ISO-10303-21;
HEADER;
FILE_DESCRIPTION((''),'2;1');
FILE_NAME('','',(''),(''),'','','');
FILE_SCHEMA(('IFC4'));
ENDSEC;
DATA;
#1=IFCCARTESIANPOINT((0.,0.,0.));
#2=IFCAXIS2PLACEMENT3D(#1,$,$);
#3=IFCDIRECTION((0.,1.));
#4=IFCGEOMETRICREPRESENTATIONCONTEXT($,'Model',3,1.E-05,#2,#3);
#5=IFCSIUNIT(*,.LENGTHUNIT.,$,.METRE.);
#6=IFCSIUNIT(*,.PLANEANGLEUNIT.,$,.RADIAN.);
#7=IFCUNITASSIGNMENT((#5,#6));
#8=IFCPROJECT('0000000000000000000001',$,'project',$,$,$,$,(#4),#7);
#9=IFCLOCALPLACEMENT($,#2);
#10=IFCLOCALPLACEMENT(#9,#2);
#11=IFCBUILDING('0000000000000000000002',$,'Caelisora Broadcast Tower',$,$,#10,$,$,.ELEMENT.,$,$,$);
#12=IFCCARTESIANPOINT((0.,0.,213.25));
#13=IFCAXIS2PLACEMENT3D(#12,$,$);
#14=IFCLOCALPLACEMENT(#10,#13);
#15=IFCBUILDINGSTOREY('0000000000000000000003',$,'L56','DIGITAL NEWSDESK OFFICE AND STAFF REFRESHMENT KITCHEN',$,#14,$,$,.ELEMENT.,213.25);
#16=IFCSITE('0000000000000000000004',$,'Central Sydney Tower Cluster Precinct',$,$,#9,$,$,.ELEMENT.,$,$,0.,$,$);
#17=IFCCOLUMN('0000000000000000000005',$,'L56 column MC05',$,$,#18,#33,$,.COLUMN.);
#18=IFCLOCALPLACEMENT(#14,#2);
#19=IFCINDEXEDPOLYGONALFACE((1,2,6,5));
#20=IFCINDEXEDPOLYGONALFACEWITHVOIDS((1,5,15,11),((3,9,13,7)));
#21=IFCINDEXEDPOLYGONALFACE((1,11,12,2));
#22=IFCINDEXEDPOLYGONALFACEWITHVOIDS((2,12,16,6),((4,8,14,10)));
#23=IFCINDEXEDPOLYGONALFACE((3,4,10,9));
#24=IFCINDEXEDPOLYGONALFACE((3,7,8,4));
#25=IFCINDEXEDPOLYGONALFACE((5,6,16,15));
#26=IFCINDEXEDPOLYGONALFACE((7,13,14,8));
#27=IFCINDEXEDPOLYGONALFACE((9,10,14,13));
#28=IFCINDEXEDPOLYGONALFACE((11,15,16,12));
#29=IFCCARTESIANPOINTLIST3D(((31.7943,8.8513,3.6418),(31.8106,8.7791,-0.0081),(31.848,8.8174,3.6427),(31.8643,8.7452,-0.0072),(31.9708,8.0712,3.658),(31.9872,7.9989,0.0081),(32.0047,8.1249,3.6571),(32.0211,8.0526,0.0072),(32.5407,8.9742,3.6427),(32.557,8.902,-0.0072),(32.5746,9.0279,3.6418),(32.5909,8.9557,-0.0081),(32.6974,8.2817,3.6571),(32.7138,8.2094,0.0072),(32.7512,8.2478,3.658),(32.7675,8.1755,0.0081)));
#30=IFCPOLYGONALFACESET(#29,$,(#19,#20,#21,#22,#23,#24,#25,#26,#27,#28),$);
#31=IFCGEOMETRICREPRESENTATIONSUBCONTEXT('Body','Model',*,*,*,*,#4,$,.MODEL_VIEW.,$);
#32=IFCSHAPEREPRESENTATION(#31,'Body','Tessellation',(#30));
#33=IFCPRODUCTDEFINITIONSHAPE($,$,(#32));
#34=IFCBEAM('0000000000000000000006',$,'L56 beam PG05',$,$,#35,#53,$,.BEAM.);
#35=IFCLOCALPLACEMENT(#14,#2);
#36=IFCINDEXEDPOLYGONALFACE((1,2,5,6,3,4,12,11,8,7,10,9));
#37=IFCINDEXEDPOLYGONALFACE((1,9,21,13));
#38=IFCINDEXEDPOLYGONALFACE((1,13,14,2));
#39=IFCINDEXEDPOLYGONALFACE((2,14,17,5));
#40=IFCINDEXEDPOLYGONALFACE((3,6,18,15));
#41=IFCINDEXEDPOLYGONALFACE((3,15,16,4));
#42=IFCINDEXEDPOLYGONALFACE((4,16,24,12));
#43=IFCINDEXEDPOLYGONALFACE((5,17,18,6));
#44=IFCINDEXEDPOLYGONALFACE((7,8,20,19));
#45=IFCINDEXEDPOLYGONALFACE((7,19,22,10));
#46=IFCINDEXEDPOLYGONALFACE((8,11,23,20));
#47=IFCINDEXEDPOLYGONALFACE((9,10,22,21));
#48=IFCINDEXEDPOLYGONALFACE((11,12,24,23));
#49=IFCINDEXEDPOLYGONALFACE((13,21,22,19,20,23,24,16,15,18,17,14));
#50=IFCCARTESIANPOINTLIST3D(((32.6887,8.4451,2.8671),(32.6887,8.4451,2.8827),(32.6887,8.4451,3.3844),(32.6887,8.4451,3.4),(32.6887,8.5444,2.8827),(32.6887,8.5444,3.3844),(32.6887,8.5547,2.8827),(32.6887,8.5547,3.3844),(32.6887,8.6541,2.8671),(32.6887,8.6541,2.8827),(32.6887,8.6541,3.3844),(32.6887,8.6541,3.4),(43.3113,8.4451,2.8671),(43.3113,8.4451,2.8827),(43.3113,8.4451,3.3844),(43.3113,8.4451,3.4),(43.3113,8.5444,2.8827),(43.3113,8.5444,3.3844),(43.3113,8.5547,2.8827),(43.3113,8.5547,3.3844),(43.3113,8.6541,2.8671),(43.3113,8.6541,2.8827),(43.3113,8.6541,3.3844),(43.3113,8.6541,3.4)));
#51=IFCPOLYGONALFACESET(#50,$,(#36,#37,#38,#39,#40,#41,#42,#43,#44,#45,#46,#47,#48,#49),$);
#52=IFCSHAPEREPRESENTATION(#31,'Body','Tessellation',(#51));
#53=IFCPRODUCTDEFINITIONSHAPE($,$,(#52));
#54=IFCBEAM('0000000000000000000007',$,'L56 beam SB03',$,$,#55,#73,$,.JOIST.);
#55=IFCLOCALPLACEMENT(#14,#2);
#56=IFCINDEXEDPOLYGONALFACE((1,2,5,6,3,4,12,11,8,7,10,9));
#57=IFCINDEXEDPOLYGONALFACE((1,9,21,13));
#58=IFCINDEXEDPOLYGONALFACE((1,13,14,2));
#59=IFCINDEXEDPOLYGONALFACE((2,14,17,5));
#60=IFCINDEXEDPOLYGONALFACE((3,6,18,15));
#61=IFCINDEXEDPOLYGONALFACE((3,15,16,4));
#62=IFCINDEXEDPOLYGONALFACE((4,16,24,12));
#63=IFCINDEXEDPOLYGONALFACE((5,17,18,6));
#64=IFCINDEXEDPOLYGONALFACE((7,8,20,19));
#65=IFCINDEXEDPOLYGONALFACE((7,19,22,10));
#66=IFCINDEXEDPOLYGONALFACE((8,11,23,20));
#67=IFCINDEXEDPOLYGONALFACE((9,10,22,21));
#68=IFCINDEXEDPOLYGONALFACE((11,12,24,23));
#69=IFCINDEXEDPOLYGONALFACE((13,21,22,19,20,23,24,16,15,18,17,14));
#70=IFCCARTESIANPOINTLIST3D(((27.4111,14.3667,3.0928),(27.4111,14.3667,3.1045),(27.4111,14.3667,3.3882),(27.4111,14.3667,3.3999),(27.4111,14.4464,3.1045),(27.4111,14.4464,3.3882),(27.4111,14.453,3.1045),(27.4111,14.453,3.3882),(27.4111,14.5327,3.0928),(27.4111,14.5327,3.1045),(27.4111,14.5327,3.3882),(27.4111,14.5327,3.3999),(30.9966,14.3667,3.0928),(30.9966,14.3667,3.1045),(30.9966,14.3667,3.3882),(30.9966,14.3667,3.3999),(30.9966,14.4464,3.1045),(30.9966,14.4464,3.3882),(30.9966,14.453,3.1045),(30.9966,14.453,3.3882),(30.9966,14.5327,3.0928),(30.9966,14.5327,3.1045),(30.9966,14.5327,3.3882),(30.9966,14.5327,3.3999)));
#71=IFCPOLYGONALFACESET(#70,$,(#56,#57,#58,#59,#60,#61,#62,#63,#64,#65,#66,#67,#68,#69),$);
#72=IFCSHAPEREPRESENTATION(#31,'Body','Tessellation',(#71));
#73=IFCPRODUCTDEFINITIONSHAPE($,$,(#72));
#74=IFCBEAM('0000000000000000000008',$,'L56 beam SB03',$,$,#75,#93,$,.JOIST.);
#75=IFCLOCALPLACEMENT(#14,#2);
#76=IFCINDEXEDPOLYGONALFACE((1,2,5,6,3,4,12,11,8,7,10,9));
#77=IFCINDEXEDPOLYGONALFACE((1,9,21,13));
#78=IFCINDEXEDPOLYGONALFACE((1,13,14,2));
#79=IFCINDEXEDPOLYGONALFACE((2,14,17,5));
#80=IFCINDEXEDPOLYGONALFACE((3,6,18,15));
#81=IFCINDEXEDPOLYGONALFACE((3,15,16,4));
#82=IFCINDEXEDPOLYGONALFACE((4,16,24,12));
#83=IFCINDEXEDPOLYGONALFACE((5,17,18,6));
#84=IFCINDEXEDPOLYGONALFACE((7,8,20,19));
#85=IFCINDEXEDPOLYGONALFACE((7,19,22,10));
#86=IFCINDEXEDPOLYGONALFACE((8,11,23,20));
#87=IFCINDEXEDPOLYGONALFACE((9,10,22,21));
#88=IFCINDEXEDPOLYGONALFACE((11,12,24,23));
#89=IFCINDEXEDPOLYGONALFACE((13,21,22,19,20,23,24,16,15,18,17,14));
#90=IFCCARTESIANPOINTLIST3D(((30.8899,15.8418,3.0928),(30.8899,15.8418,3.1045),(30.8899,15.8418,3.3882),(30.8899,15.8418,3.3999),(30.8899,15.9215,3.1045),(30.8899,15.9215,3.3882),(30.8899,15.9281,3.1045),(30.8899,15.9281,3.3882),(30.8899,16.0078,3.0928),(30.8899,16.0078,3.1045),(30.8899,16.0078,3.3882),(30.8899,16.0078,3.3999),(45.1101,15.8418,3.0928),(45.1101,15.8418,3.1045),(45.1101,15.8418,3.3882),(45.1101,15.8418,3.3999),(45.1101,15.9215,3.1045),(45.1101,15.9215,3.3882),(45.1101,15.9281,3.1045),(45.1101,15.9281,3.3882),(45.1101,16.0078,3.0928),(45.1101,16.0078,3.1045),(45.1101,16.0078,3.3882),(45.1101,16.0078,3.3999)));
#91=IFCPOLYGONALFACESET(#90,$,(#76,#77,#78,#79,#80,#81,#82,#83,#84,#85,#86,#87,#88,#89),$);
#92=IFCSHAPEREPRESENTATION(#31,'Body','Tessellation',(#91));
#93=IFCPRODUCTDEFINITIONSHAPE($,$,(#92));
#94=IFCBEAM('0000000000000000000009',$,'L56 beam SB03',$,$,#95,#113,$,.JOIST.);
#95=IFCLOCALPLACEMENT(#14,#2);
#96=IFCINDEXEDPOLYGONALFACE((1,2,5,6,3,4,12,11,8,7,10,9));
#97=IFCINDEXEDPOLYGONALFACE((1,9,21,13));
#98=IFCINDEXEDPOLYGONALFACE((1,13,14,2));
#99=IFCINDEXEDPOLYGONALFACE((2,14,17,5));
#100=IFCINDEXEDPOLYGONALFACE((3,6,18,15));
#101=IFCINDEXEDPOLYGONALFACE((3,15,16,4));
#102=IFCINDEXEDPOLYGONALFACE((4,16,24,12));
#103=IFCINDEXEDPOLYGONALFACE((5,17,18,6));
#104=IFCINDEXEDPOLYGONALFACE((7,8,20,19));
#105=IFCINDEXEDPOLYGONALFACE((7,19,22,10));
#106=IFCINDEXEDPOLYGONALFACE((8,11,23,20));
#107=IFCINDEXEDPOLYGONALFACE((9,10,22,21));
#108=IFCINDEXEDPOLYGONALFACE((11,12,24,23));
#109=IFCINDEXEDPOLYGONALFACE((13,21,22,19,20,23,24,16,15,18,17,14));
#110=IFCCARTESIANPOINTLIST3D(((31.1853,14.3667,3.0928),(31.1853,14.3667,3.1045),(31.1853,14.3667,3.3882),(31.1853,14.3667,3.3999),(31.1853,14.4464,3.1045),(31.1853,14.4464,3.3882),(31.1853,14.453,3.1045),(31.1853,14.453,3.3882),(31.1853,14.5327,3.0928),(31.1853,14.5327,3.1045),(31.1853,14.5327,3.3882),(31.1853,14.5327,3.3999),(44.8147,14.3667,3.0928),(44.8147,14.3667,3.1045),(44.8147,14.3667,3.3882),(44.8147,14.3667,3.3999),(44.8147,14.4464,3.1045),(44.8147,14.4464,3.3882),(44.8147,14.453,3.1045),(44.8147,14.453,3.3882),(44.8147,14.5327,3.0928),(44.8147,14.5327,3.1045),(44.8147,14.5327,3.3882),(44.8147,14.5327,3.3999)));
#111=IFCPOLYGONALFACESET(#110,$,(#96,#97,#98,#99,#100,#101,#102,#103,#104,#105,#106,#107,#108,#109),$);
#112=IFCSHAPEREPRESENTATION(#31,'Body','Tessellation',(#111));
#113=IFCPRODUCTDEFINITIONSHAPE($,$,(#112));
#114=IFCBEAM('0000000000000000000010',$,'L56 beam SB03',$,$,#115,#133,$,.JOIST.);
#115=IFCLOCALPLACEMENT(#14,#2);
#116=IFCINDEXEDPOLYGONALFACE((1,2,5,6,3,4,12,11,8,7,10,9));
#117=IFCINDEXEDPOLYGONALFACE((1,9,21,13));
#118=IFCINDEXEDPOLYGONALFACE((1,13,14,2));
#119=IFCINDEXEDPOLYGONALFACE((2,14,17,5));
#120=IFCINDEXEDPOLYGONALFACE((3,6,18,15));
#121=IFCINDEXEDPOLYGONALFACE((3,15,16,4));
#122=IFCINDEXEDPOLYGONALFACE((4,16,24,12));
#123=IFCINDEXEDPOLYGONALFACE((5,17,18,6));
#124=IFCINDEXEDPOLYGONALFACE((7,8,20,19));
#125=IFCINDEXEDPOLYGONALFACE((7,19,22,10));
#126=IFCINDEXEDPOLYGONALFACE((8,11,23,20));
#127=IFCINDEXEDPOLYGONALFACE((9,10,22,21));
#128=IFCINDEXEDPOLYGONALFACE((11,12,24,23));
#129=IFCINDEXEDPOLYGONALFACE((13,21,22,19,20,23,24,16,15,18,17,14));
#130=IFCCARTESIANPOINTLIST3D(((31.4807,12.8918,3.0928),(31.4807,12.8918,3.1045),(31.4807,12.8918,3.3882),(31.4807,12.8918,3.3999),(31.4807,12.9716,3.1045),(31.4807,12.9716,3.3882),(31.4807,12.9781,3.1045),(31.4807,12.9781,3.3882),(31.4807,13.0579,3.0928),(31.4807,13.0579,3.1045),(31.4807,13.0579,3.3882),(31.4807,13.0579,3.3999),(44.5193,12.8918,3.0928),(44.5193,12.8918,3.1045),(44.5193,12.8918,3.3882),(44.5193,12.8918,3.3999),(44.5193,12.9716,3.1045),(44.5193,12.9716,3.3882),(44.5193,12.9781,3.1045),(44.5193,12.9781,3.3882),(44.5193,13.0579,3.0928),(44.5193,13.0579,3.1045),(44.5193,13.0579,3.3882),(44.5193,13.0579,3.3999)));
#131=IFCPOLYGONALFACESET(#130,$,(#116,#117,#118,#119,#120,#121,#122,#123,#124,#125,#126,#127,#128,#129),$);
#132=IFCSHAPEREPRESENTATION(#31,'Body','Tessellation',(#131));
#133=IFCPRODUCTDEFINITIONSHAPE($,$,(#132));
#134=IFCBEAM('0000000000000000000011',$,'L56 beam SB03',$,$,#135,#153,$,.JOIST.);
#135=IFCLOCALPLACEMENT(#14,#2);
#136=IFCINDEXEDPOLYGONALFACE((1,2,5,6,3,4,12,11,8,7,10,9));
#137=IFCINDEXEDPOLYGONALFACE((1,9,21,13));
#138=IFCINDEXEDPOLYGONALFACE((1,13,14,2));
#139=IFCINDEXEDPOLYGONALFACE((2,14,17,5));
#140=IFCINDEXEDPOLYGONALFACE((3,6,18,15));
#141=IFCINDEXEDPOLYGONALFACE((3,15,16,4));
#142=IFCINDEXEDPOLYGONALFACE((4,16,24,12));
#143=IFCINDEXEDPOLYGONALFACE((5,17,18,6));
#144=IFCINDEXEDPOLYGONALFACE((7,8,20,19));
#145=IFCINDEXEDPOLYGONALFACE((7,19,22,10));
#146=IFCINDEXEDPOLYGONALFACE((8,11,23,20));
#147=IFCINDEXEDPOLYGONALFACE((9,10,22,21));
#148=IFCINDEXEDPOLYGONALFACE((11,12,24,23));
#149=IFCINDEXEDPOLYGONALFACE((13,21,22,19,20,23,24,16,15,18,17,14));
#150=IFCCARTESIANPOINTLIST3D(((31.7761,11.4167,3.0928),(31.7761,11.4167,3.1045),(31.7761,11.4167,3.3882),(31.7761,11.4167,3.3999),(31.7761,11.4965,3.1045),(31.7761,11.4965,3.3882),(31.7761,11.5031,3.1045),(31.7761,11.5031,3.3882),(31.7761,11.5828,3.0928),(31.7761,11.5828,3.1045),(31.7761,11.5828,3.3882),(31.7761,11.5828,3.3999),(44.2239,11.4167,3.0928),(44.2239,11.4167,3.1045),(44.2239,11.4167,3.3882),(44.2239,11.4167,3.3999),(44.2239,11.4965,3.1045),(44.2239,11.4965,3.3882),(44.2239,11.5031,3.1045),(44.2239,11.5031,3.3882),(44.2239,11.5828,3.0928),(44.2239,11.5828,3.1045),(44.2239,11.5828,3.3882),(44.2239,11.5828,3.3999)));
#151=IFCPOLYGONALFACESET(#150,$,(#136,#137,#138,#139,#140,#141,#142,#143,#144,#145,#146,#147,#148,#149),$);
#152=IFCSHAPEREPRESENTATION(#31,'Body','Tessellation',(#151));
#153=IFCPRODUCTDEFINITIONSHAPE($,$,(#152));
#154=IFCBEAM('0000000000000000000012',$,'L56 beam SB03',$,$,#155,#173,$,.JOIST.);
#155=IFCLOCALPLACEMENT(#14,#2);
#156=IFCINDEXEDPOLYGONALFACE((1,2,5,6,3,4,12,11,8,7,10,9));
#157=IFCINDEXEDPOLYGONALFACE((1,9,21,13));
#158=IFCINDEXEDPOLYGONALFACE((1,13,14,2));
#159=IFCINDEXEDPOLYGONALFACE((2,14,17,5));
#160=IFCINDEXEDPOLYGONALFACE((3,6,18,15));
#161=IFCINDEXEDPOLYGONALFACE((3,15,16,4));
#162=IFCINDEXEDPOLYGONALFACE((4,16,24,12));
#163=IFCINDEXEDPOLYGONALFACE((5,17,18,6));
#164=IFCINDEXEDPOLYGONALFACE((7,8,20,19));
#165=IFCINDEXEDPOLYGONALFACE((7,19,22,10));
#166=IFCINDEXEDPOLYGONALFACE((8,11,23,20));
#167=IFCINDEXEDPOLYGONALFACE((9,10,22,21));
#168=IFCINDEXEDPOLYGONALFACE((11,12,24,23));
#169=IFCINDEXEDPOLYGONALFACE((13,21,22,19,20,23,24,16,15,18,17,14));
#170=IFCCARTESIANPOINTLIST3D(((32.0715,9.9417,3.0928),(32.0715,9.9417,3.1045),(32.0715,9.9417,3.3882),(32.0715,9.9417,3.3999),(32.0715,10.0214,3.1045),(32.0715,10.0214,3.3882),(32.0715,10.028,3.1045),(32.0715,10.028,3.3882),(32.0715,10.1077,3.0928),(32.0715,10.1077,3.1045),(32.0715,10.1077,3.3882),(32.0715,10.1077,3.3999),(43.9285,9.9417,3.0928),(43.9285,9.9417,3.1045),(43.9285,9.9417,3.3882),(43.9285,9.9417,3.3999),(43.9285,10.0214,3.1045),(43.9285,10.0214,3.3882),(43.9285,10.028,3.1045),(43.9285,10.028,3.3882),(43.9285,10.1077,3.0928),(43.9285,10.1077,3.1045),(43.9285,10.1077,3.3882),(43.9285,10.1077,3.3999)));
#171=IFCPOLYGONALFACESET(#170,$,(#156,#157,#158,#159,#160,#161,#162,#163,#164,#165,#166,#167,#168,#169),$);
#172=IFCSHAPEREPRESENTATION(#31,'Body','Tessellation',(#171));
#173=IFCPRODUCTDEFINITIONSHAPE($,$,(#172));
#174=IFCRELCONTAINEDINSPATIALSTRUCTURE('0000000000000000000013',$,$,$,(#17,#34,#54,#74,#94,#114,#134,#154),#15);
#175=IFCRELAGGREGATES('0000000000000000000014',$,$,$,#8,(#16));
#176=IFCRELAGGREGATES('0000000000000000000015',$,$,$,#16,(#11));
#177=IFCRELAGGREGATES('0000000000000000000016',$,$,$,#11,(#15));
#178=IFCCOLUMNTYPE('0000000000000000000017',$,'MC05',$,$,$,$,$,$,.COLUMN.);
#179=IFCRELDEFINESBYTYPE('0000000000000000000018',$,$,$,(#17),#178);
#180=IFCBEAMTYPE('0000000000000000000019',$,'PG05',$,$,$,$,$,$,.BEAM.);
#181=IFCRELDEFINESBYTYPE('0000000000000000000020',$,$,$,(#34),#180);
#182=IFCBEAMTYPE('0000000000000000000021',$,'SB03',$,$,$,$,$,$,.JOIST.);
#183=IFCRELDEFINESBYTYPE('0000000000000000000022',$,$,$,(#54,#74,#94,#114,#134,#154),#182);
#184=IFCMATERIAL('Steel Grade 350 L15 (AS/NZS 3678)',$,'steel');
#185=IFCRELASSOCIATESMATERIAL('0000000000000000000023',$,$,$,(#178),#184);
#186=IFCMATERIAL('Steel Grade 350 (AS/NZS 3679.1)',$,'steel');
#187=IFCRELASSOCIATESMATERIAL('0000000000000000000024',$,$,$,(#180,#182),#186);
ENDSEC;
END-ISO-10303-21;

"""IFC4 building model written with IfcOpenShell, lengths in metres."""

from ifc_helpers import new_model, si_unit, direction, frame, origin, origin_2d, place, context, subcontext, project, spatial, hollow_rectangle, i_section, extrude, source, transform, mapped, material, material_profile, profile_set, type_object, type_shapes, element, save


model = new_model("IFC4")

# Units and contexts
model_context = context("Model", 3, precision=1e-05, world=origin(), true_north=direction((0.0, 1.0)))
body_context = subcontext(model_context, "Body", "Model", "MODEL_VIEW")
ifc_project = project(units=[si_unit("LENGTHUNIT", "METRE"), si_unit("PLANEANGLEUNIT", "RADIAN")], contexts=[model_context])

# Site, building, storey
site_placement = place(None, origin())
site = spatial("IfcSite", under=ifc_project, at=site_placement, Name="Central Sydney Tower Cluster Precinct", CompositionType="ELEMENT", RefElevation=0.0)
building_placement = place(site_placement, origin())
building = spatial("IfcBuilding", under=site, at=building_placement, Name="Caelisora Broadcast Tower", CompositionType="ELEMENT")
storey_placement = place(building_placement, frame((0.0, 0.0, 213.25)))
storey = spatial("IfcBuildingStorey", under=building, at=storey_placement, Name="L56", Description="DIGITAL NEWSDESK OFFICE AND STAFF REFRESHMENT KITCHEN", CompositionType="ELEMENT", Elevation=213.25)

# Column
ifc_material_1 = material(Name="Steel Grade 350 L15 (AS/NZS 3678)", Category="steel")
ifc_material_profile_1 = material_profile(ifc_material_1, hollow_rectangle(XDim=0.8, YDim=0.8, WallThickness=0.0449, at=origin_2d()), Name="Steel Grade 350 L15 (AS/NZS 3678)")
ifc_profile_set_1 = profile_set([ifc_material_profile_1], Name="Steel Grade 350 L15 (AS/NZS 3678)")
column_type = type_object("IfcColumnType", Name="MC05", PredefinedType="COLUMN", material=ifc_profile_set_1)
shared_shape_1 = source(origin(), body_context, "Body", "SweptSolid", [
    extrude(hollow_rectangle(XDim=0.8, YDim=0.8, WallThickness=0.0449, at=origin_2d()), origin(), (0.0, 0.0, 1.0), 3.6506),
])
type_shapes(column_type, [shared_shape_1])
column_placement = place(storey_placement, frame((32.2891, 8.4773, 0.0), z_axis=(-0.004481, 0.019795, 0.999794), x_axis=(-0.975327, -0.220767, 0.0)))
element("IfcColumn", 1, at=column_placement, inside=storey, type_object=column_type, Name="L56 column MC05", PredefinedType="COLUMN", context=body_context, shape_type="MappedRepresentation", body=[
    mapped(shared_shape_1, transform((0.0, 0.0, 0.0), scale=1.0)),
])

# Beams
ifc_material_2 = material(Name="Steel Grade 350 (AS/NZS 3679.1)", Category="steel")
ifc_material_profile_2 = material_profile(ifc_material_2, i_section(OverallWidth=0.209, OverallDepth=0.533, WebThickness=0.0103, FlangeThickness=0.0156, at=origin_2d()), Name="Steel Grade 350 (AS/NZS 3679.1)")
ifc_profile_set_2 = profile_set([ifc_material_profile_2], Name="Steel Grade 350 (AS/NZS 3679.1)")
beam_type_1 = type_object("IfcBeamType", Name="PG05", PredefinedType="BEAM", material=ifc_profile_set_2)
shared_shape_2 = source(origin(), body_context, "Body", "SweptSolid", [
    extrude(i_section(OverallWidth=0.209, OverallDepth=0.533, WebThickness=0.0103, FlangeThickness=0.0156, at=origin_2d()), origin(), (0.0, 0.0, 1.0), 10.6226),
])
type_shapes(beam_type_1, [shared_shape_2])
beam_1_placement = place(storey_placement, frame((32.6887, 8.5496, 3.1335), z_axis=(1.0, 0.0, 0.0), x_axis=(0.0, 1.0, 0.0)))
element("IfcBeam", 2, at=beam_1_placement, inside=storey, type_object=beam_type_1, Name="L56 beam PG05", PredefinedType="BEAM", context=body_context, shape_type="MappedRepresentation", body=[
    mapped(shared_shape_2, transform((0.0, 0.0, 0.0), scale=1.0)),
])
ifc_material_profile_3 = material_profile(ifc_material_2, i_section(OverallWidth=0.166, OverallDepth=0.3071, WebThickness=0.0066, FlangeThickness=0.0117, at=origin_2d()), Name="Steel Grade 350 (AS/NZS 3679.1)")
ifc_profile_set_3 = profile_set([ifc_material_profile_3], Name="Steel Grade 350 (AS/NZS 3679.1)")
beam_type_2 = type_object("IfcBeamType", Name="SB03", PredefinedType="JOIST", material=ifc_profile_set_3)
shared_shape_3 = source(origin(), body_context, "Body", "SweptSolid", [
    extrude(i_section(OverallWidth=0.166, OverallDepth=0.3071, WebThickness=0.0066, FlangeThickness=0.0117, at=origin_2d()), origin(), (0.0, 0.0, 1.0), 3.5854),
])
beam_2_placement = place(storey_placement, frame((27.4111, 14.4497, 3.2463), z_axis=(1.0, 0.0, 0.0), x_axis=(0.0, 1.0, 0.0)))
element("IfcBeam", 3, at=beam_2_placement, inside=storey, type_object=beam_type_2, Name="L56 beam SB03", PredefinedType="JOIST", context=body_context, shape_type="MappedRepresentation", body=[
    mapped(shared_shape_3, transform((0.0, 0.0, 0.0), scale=1.0)),
])
shared_shape_4 = source(origin(), body_context, "Body", "SweptSolid", [
    extrude(i_section(OverallWidth=0.166, OverallDepth=0.3071, WebThickness=0.0066, FlangeThickness=0.0117, at=origin_2d()), origin(), (0.0, 0.0, 1.0), 14.2202),
])
beam_3_placement = place(storey_placement, frame((30.8899, 15.9248, 3.2463), z_axis=(1.0, 0.0, 0.0), x_axis=(0.0, 1.0, 0.0)))
element("IfcBeam", 4, at=beam_3_placement, inside=storey, type_object=beam_type_2, Name="L56 beam SB03", PredefinedType="JOIST", context=body_context, shape_type="MappedRepresentation", body=[
    mapped(shared_shape_4, transform((0.0, 0.0, 0.0), scale=1.0)),
])
shared_shape_5 = source(origin(), body_context, "Body", "SweptSolid", [
    extrude(i_section(OverallWidth=0.166, OverallDepth=0.3071, WebThickness=0.0066, FlangeThickness=0.0117, at=origin_2d()), origin(), (0.0, 0.0, 1.0), 13.6294),
])
beam_4_placement = place(storey_placement, frame((31.1853, 14.4497, 3.2463), z_axis=(1.0, 0.0, 0.0), x_axis=(0.0, 1.0, 0.0)))
element("IfcBeam", 5, at=beam_4_placement, inside=storey, type_object=beam_type_2, Name="L56 beam SB03", PredefinedType="JOIST", context=body_context, shape_type="MappedRepresentation", body=[
    mapped(shared_shape_5, transform((0.0, 0.0, 0.0), scale=1.0)),
])
shared_shape_6 = source(origin(), body_context, "Body", "SweptSolid", [
    extrude(i_section(OverallWidth=0.166, OverallDepth=0.3071, WebThickness=0.0066, FlangeThickness=0.0117, at=origin_2d()), origin(), (0.0, 0.0, 1.0), 13.0386),
])
beam_5_placement = place(storey_placement, frame((31.4807, 12.9749, 3.2463), z_axis=(1.0, 0.0, 0.0), x_axis=(0.0, 1.0, 0.0)))
element("IfcBeam", 6, at=beam_5_placement, inside=storey, type_object=beam_type_2, Name="L56 beam SB03", PredefinedType="JOIST", context=body_context, shape_type="MappedRepresentation", body=[
    mapped(shared_shape_6, transform((0.0, 0.0, 0.0), scale=1.0)),
])
shared_shape_7 = source(origin(), body_context, "Body", "SweptSolid", [
    extrude(i_section(OverallWidth=0.166, OverallDepth=0.3071, WebThickness=0.0066, FlangeThickness=0.0117, at=origin_2d()), origin(), (0.0, 0.0, 1.0), 12.4478),
])
beam_6_placement = place(storey_placement, frame((31.7761, 11.4998, 3.2463), z_axis=(1.0, 0.0, 0.0), x_axis=(0.0, 1.0, 0.0)))
element("IfcBeam", 7, at=beam_6_placement, inside=storey, type_object=beam_type_2, Name="L56 beam SB03", PredefinedType="JOIST", context=body_context, shape_type="MappedRepresentation", body=[
    mapped(shared_shape_7, transform((0.0, 0.0, 0.0), scale=1.0)),
])
shared_shape_8 = source(origin(), body_context, "Body", "SweptSolid", [
    extrude(i_section(OverallWidth=0.166, OverallDepth=0.3071, WebThickness=0.0066, FlangeThickness=0.0117, at=origin_2d()), origin(), (0.0, 0.0, 1.0), 11.8569),
])
type_shapes(beam_type_2, [shared_shape_3, shared_shape_4, shared_shape_5, shared_shape_6, shared_shape_7, shared_shape_8])
beam_7_placement = place(storey_placement, frame((32.0715, 10.0247, 3.2463), z_axis=(1.0, 0.0, 0.0), x_axis=(0.0, 1.0, 0.0)))
element("IfcBeam", 8, at=beam_7_placement, inside=storey, type_object=beam_type_2, Name="L56 beam SB03", PredefinedType="JOIST", context=body_context, shape_type="MappedRepresentation", body=[
    mapped(shared_shape_8, transform((0.0, 0.0, 0.0), scale=1.0)),
])

save(model, "model.ifc")
